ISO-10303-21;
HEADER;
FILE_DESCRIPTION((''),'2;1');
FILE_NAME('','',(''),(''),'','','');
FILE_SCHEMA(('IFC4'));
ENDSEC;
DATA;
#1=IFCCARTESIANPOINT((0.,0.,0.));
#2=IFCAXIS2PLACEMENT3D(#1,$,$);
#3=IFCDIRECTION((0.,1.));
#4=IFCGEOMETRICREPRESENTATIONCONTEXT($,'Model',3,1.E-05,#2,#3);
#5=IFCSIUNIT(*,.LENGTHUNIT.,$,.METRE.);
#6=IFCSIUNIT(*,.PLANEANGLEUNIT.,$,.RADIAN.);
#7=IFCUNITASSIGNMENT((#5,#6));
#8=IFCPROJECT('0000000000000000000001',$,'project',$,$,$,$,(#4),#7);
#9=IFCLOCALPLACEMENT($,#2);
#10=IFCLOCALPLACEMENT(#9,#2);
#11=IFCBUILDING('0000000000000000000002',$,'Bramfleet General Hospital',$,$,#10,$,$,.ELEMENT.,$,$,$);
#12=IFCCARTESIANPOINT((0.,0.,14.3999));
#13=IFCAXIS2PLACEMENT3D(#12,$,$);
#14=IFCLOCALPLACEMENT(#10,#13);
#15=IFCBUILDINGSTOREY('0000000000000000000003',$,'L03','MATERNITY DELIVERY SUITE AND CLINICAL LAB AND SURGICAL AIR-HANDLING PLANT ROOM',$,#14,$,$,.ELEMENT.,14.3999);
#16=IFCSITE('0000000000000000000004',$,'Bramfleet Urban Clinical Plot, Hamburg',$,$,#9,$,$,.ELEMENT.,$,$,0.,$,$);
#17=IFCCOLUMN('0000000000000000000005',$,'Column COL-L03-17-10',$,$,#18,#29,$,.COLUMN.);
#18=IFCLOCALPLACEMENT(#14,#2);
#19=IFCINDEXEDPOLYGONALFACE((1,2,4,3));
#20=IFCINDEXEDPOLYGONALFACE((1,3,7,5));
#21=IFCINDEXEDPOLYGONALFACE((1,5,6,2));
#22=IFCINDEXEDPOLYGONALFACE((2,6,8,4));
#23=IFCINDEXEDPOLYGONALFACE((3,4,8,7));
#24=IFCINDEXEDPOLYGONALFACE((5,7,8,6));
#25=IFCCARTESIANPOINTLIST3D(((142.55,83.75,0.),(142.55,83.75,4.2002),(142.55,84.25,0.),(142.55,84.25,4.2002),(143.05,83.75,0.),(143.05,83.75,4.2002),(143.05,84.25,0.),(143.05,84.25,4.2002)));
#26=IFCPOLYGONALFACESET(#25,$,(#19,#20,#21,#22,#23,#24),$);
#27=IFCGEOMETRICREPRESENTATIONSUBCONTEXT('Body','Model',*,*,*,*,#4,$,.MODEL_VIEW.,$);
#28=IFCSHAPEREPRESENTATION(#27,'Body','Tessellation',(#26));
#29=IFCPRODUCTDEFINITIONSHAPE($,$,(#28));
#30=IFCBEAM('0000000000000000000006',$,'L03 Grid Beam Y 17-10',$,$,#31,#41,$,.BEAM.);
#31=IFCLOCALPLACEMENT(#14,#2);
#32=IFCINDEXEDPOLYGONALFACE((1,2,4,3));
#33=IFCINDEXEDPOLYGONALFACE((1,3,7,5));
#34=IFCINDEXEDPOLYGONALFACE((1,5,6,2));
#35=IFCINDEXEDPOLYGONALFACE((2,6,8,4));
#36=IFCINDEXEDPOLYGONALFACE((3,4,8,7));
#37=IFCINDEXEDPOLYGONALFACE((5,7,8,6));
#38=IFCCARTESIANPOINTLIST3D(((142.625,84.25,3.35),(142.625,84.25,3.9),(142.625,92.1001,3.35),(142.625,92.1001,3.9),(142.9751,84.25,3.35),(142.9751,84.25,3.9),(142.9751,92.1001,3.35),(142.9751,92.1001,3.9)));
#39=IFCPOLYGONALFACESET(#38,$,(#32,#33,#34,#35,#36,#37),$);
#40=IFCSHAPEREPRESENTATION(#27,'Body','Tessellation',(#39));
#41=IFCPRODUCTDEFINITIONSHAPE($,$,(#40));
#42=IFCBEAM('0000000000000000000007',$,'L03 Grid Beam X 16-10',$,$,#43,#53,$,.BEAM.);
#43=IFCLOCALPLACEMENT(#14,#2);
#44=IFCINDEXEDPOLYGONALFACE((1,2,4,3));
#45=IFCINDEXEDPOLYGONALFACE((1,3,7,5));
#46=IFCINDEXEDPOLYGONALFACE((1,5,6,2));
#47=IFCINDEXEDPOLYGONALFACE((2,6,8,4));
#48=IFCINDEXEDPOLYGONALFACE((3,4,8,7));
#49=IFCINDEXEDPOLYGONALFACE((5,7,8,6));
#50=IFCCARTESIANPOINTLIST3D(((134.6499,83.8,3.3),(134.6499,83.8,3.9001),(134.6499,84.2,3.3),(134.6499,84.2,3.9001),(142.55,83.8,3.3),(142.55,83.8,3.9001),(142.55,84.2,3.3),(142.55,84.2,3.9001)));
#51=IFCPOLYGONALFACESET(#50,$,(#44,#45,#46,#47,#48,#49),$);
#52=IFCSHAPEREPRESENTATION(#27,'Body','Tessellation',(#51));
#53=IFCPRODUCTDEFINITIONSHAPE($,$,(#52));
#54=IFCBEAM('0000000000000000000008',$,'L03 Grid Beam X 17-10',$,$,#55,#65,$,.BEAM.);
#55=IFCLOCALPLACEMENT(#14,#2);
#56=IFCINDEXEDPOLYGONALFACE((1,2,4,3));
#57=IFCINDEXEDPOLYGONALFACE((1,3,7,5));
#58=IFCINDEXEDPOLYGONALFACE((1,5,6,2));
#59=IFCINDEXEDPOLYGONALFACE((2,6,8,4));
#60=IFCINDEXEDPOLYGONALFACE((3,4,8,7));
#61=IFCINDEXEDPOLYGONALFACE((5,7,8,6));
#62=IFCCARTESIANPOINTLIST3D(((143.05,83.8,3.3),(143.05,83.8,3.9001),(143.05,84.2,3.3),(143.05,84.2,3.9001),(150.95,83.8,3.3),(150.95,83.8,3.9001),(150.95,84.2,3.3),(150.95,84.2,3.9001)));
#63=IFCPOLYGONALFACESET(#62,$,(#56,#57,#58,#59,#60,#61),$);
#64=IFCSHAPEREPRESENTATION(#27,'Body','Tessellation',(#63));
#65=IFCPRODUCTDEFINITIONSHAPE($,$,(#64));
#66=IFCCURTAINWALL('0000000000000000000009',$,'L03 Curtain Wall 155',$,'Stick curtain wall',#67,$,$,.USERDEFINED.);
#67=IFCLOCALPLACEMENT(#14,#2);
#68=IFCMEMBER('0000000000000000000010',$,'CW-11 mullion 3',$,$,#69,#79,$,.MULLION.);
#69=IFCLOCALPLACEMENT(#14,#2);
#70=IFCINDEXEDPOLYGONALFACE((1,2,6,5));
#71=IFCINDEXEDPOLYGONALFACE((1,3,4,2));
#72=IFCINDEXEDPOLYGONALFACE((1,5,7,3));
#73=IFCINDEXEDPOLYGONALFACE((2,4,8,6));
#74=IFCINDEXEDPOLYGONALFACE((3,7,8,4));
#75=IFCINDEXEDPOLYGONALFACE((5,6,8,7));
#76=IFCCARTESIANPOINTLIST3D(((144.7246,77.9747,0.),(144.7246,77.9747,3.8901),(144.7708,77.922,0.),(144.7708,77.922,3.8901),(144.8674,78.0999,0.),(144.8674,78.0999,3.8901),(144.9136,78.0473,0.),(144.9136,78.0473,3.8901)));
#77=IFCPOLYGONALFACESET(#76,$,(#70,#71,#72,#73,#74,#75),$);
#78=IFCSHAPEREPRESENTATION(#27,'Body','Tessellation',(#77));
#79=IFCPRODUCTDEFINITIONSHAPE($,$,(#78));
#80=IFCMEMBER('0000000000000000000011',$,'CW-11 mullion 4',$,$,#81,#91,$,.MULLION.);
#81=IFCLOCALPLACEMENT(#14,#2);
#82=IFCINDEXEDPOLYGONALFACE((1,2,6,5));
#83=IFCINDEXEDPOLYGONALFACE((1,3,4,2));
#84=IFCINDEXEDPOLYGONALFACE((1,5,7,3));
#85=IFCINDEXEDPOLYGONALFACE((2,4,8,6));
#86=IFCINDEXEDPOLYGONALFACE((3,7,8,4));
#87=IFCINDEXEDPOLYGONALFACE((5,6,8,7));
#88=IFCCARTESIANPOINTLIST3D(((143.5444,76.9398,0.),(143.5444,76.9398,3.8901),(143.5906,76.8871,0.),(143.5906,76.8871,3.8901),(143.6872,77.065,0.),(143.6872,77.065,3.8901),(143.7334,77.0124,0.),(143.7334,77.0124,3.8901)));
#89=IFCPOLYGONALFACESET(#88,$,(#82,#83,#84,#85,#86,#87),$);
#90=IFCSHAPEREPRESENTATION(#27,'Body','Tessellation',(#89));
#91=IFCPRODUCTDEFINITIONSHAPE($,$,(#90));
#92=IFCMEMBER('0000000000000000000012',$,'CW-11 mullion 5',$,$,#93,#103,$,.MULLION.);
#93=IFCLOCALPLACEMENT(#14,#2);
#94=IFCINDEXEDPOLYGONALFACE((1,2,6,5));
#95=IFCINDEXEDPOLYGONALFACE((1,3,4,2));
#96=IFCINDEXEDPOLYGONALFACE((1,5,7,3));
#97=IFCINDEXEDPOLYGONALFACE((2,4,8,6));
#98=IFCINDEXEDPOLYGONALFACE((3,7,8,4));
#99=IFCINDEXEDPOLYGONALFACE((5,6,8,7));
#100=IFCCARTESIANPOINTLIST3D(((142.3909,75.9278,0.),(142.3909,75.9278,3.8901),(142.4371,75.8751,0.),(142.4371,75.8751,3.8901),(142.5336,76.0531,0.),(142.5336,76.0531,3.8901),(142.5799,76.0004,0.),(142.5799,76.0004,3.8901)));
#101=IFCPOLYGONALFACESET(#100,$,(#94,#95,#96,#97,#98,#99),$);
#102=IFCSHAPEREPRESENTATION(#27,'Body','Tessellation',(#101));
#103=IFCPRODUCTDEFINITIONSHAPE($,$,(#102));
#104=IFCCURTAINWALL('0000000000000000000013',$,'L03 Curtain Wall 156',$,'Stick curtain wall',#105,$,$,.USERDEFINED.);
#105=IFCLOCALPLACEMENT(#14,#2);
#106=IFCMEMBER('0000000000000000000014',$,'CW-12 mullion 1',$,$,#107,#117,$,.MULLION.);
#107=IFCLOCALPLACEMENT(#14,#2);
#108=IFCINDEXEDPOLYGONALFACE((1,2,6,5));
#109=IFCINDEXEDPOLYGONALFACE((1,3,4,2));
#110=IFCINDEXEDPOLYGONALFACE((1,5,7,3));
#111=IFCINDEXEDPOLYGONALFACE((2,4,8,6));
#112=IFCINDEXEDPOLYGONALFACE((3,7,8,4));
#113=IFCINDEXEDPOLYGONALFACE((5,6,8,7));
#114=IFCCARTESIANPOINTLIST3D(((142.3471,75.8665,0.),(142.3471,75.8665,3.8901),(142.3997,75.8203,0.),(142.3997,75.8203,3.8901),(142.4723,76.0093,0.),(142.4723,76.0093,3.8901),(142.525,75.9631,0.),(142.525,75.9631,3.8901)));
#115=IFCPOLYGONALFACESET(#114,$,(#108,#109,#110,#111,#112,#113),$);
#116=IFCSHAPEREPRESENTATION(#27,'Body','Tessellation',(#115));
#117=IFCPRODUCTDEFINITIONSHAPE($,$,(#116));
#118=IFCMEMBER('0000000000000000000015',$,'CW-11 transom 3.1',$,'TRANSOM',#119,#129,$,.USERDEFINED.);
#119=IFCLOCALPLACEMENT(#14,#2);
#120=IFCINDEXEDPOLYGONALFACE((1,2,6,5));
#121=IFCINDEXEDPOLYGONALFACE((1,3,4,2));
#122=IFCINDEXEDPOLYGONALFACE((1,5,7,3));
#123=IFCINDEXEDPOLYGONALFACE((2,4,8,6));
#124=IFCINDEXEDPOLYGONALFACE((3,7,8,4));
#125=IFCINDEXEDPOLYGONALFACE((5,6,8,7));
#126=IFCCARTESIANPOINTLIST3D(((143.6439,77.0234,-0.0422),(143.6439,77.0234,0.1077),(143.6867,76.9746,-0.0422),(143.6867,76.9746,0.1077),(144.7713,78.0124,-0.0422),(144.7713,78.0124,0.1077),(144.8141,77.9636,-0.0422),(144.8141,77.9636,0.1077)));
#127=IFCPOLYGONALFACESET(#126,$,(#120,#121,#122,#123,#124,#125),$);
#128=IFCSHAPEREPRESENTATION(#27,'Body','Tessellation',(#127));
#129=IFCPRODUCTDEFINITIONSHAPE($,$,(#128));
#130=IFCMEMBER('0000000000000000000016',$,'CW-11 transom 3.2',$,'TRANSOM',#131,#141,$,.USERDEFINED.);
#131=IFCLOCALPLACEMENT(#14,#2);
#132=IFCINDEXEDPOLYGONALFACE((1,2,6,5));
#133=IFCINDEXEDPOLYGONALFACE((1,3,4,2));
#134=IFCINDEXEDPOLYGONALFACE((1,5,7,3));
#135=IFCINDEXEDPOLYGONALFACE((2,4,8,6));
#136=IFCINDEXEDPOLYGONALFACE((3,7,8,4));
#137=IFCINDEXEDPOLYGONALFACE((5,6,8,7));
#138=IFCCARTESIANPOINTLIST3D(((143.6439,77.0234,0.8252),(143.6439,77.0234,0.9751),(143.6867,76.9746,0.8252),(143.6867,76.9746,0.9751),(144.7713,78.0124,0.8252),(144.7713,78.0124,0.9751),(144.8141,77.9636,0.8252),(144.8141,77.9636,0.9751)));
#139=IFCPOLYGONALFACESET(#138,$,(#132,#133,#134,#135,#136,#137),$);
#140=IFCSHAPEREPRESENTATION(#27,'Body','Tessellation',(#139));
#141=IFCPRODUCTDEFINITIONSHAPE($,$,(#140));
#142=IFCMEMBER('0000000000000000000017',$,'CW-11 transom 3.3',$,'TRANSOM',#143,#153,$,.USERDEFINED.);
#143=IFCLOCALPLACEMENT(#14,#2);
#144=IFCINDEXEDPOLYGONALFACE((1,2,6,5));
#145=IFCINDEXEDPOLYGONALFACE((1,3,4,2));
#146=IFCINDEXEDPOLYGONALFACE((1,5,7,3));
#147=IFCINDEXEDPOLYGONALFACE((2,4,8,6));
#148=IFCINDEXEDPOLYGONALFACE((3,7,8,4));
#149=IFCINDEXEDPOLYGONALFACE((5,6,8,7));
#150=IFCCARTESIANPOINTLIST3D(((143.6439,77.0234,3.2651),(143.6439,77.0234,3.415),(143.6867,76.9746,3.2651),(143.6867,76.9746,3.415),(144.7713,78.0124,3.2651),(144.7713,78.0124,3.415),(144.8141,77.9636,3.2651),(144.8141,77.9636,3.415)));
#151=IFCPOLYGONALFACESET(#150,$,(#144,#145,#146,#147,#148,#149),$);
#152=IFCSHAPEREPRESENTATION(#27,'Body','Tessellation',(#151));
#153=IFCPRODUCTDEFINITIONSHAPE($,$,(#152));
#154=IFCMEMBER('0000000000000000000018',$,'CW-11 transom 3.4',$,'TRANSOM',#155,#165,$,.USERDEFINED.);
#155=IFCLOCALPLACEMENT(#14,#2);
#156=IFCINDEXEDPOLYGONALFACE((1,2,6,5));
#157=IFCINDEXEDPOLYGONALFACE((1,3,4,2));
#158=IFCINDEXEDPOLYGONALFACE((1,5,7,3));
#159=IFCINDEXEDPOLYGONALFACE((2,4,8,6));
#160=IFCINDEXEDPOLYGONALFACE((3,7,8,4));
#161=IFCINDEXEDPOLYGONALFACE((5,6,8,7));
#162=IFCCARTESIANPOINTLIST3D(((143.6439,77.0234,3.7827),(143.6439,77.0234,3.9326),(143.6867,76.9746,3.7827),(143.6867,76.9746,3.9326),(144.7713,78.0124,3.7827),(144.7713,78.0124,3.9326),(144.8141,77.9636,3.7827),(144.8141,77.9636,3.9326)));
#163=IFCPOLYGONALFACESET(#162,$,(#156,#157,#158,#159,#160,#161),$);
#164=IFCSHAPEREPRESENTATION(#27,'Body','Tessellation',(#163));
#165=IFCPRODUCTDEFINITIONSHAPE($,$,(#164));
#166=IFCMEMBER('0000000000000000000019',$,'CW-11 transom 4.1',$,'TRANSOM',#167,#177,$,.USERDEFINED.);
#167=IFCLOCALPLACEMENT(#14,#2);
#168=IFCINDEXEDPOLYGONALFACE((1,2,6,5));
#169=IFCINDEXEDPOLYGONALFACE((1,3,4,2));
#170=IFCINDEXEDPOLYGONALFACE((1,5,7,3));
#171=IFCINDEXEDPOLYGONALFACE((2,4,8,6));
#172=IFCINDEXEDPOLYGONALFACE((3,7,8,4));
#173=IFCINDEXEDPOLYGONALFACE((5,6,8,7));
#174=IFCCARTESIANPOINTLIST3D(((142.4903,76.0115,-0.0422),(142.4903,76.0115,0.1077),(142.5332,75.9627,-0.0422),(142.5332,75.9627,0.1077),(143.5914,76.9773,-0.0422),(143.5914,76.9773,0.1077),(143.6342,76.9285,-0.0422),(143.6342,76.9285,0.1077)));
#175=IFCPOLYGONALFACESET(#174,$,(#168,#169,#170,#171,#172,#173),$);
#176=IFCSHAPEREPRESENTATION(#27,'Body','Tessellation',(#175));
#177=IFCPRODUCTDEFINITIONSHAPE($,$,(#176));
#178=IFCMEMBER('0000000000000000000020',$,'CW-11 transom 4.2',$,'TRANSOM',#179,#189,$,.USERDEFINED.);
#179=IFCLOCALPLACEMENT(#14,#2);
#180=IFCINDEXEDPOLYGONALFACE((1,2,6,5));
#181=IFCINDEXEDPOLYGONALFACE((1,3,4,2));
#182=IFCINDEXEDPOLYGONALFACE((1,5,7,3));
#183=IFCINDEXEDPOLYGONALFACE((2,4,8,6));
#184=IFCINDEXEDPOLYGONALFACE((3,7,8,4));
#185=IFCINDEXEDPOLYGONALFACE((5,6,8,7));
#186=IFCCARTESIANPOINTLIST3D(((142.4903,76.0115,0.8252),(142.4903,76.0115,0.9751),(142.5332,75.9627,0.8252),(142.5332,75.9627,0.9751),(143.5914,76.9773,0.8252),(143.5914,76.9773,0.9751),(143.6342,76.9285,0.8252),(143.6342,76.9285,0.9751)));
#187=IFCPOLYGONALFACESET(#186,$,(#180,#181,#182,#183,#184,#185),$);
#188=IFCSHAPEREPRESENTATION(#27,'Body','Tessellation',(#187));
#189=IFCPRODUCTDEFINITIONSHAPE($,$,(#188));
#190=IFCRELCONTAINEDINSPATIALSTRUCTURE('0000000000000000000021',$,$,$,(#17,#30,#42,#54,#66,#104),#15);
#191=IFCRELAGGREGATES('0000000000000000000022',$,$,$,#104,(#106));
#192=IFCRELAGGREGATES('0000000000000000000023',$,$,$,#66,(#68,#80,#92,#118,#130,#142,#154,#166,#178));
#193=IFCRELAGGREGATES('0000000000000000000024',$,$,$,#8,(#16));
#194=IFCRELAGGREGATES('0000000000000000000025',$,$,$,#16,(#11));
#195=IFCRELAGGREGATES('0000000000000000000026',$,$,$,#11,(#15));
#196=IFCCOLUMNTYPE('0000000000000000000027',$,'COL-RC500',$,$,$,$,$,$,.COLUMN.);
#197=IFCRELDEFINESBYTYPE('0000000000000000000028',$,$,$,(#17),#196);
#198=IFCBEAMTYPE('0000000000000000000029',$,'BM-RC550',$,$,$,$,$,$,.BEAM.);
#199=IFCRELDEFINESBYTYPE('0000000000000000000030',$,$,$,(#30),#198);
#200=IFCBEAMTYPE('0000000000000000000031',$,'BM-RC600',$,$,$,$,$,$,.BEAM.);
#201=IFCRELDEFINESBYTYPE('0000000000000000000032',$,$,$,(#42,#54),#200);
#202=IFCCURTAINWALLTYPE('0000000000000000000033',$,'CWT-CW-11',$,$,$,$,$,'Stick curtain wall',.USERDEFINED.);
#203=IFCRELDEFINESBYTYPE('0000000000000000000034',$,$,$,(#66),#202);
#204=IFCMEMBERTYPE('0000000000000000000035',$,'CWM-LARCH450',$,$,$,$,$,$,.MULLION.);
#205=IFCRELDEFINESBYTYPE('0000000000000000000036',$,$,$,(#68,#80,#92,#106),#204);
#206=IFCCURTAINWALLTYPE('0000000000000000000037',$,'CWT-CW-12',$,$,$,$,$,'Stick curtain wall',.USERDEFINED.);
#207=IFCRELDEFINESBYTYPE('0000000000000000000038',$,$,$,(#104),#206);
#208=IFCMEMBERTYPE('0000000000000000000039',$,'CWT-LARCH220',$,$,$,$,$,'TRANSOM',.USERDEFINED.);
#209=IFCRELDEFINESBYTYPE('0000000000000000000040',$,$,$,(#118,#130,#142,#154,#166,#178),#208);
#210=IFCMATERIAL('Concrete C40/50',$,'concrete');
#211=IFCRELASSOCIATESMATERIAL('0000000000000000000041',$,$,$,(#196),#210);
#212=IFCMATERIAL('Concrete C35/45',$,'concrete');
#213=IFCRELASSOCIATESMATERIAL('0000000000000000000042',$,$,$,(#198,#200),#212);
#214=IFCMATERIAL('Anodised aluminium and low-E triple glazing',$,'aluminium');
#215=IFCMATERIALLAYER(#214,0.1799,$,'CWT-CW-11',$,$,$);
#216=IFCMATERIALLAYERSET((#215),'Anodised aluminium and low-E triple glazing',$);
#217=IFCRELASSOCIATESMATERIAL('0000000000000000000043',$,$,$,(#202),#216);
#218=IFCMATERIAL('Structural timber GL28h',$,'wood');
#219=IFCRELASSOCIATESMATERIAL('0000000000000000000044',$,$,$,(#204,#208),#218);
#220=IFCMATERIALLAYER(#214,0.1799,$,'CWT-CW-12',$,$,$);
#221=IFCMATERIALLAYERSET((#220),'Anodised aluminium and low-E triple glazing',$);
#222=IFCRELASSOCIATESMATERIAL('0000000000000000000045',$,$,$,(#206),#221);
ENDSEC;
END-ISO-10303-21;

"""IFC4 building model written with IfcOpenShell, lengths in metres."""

from ifc_helpers import new_model, si_unit, direction, frame, origin, origin_2d, place, context, subcontext, project, spatial, rectangle, extrude, material, layer, layer_set, material_profile, profile_set, type_object, element, aggregate, save


model = new_model("IFC4")

# Units and contexts
model_context = context("Model", 3, precision=1e-05, world=origin(), true_north=direction((0.0, 1.0)))
body_context = subcontext(model_context, "Body", "Model", "MODEL_VIEW")
ifc_project = project(units=[si_unit("LENGTHUNIT", "METRE"), si_unit("PLANEANGLEUNIT", "RADIAN")], contexts=[model_context])

# Site, building, storey
site_placement = place(None, origin())
site = spatial("IfcSite", under=ifc_project, at=site_placement, Name="Bramfleet Urban Clinical Plot, Hamburg", CompositionType="ELEMENT", RefElevation=0.0)
building_placement = place(site_placement, origin())
building = spatial("IfcBuilding", under=site, at=building_placement, Name="Bramfleet General Hospital", CompositionType="ELEMENT")
storey_placement = place(building_placement, frame((0.0, 0.0, 14.3999)))
storey = spatial("IfcBuildingStorey", under=building, at=storey_placement, Name="L03", Description="MATERNITY DELIVERY SUITE AND CLINICAL LAB AND SURGICAL AIR-HANDLING PLANT ROOM", CompositionType="ELEMENT", Elevation=14.3999)

# Column
ifc_material_1 = material(Name="Concrete C40/50", Category="concrete")
ifc_material_profile_1 = material_profile(ifc_material_1, rectangle(XDim=0.5, YDim=0.5, at=origin_2d()), Name="RC COL 500x500")
ifc_profile_set_1 = profile_set([ifc_material_profile_1], Name="Concrete C40/50")
column_type = type_object("IfcColumnType", Name="COL-RC500", PredefinedType="COLUMN", material=ifc_profile_set_1)
column_placement = place(storey_placement, frame((142.8, 84.0, 0.0), z_axis=(0.0, 0.0, 1.0), x_axis=(1.0, 0.0, 0.0)))
element("IfcColumn", 1, at=column_placement, inside=storey, type_object=column_type, Name="Column COL-L03-17-10", PredefinedType="COLUMN", context=body_context, shape_type="SweptSolid", body=[
    extrude(rectangle(XDim=0.5, YDim=0.5, at=origin_2d()), origin(), (0.0, 0.0, 1.0), 4.2002),
])

# Beams
ifc_material_2 = material(Name="Concrete C35/45", Category="concrete")
ifc_material_profile_2 = material_profile(ifc_material_2, rectangle(XDim=0.3501, YDim=0.55, at=origin_2d()), Name="RC BM 550x350")
ifc_profile_set_2 = profile_set([ifc_material_profile_2], Name="Concrete C35/45")
beam_type_1 = type_object("IfcBeamType", Name="BM-RC550", PredefinedType="BEAM", material=ifc_profile_set_2)
beam_1_placement = place(storey_placement, frame((142.8, 84.25, 3.625), z_axis=(0.0, 1.0, 0.0), x_axis=(-1.0, 0.0, 0.0)))
element("IfcBeam", 2, at=beam_1_placement, inside=storey, type_object=beam_type_1, Name="L03 Grid Beam Y 17-10", PredefinedType="BEAM", context=body_context, shape_type="SweptSolid", body=[
    extrude(rectangle(XDim=0.3501, YDim=0.55, at=origin_2d()), origin(), (0.0, 0.0, 1.0), 7.8501),
])
ifc_material_profile_3 = material_profile(ifc_material_2, rectangle(XDim=0.3999, YDim=0.6001, at=origin_2d()), Name="RC BM 600x400")
ifc_profile_set_3 = profile_set([ifc_material_profile_3], Name="Concrete C35/45")
beam_type_2 = type_object("IfcBeamType", Name="BM-RC600", PredefinedType="BEAM", material=ifc_profile_set_3)
beam_2_placement = place(storey_placement, frame((134.6499, 84.0, 3.6001), z_axis=(1.0, 0.0, 0.0), x_axis=(0.0, 1.0, 0.0)))
element("IfcBeam", 3, at=beam_2_placement, inside=storey, type_object=beam_type_2, Name="L03 Grid Beam X 16-10", PredefinedType="BEAM", context=body_context, shape_type="SweptSolid", body=[
    extrude(rectangle(XDim=0.3999, YDim=0.6001, at=origin_2d()), origin(), (0.0, 0.0, 1.0), 7.9001),
])
beam_3_placement = place(storey_placement, frame((143.05, 84.0, 3.6001), z_axis=(1.0, 0.0, 0.0), x_axis=(0.0, 1.0, 0.0)))
element("IfcBeam", 4, at=beam_3_placement, inside=storey, type_object=beam_type_2, Name="L03 Grid Beam X 17-10", PredefinedType="BEAM", context=body_context, shape_type="SweptSolid", body=[
    extrude(rectangle(XDim=0.3999, YDim=0.6001, at=origin_2d()), origin(), (0.0, 0.0, 1.0), 7.8999),
])

# Curtain wall, members
ifc_material_3 = material(Name="Anodised aluminium and low-E triple glazing", Category="aluminium")
ifc_layer_1 = layer(ifc_material_3, 0.1799, Name="CWT-CW-11")
ifc_layer_set_1 = layer_set([ifc_layer_1], Name="Anodised aluminium and low-E triple glazing")
curtain_wall_type_1 = type_object("IfcCurtainWallType", Name="CWT-CW-11", ElementType="Stick curtain wall", PredefinedType="USERDEFINED", material=ifc_layer_set_1)
curtain_wall_1_placement = place(storey_placement, origin())
curtain_wall_1 = element("IfcCurtainWall", 5, at=curtain_wall_1_placement, inside=storey, type_object=curtain_wall_type_1, Name="L03 Curtain Wall 155", ObjectType="Stick curtain wall", PredefinedType="USERDEFINED")
ifc_material_4 = material(Name="Structural timber GL28h", Category="wood")
ifc_material_profile_4 = material_profile(ifc_material_4, rectangle(XDim=0.0701, YDim=0.1899, at=origin_2d()), Name="LARCH 190x70")
ifc_profile_set_4 = profile_set([ifc_material_profile_4], Name="Structural timber GL28h")
member_type_1 = type_object("IfcMemberType", Name="CWM-LARCH450", PredefinedType="MULLION", material=ifc_profile_set_4)
member_1_placement = place(storey_placement, frame((144.8191, 78.011, 0.0), z_axis=(0.0, 0.0, 1.0), x_axis=(0.659406, -0.751787, 0.0)))
member_1 = element("IfcMember", 6, at=member_1_placement, type_object=member_type_1, Name="CW-11 mullion 3", PredefinedType="MULLION", context=body_context, shape_type="SweptSolid", body=[
    extrude(rectangle(XDim=0.0701, YDim=0.1899, at=origin_2d()), origin(), (0.0, 0.0, 1.0), 3.8901),
])
member_2_placement = place(storey_placement, frame((143.6389, 76.9761, 0.0), z_axis=(0.0, 0.0, 1.0), x_axis=(0.659406, -0.751787, 0.0)))
member_2 = element("IfcMember", 7, at=member_2_placement, type_object=member_type_1, Name="CW-11 mullion 4", PredefinedType="MULLION", context=body_context, shape_type="SweptSolid", body=[
    extrude(rectangle(XDim=0.0701, YDim=0.1899, at=origin_2d()), origin(), (0.0, 0.0, 1.0), 3.8901),
])
member_3_placement = place(storey_placement, frame((142.4854, 75.9641, 0.0), z_axis=(0.0, 0.0, 1.0), x_axis=(0.659406, -0.751787, 0.0)))
member_3 = element("IfcMember", 8, at=member_3_placement, type_object=member_type_1, Name="CW-11 mullion 5", PredefinedType="MULLION", context=body_context, shape_type="SweptSolid", body=[
    extrude(rectangle(XDim=0.0701, YDim=0.1899, at=origin_2d()), origin(), (0.0, 0.0, 1.0), 3.8901),
])

# Curtain wall, member
ifc_layer_2 = layer(ifc_material_3, 0.1799, Name="CWT-CW-12")
ifc_layer_set_2 = layer_set([ifc_layer_2], Name="Anodised aluminium and low-E triple glazing")
curtain_wall_type_2 = type_object("IfcCurtainWallType", Name="CWT-CW-12", ElementType="Stick curtain wall", PredefinedType="USERDEFINED", material=ifc_layer_set_2)
curtain_wall_2_placement = place(storey_placement, origin())
curtain_wall_2 = element("IfcCurtainWall", 9, at=curtain_wall_2_placement, inside=storey, type_object=curtain_wall_type_2, Name="L03 Curtain Wall 156", ObjectType="Stick curtain wall", PredefinedType="USERDEFINED")
member_4_placement = place(storey_placement, frame((142.436, 75.9148, 0.0), z_axis=(0.0, 0.0, 1.0), x_axis=(0.751787, -0.659406, 0.0)))
member_4 = element("IfcMember", 10, at=member_4_placement, type_object=member_type_1, Name="CW-12 mullion 1", PredefinedType="MULLION", context=body_context, shape_type="SweptSolid", body=[
    extrude(rectangle(XDim=0.0701, YDim=0.1899, at=origin_2d()), origin(), (0.0, 0.0, 1.0), 3.8901),
])
aggregate(curtain_wall_2, [member_4])

# Members
ifc_material_profile_5 = material_profile(ifc_material_4, rectangle(XDim=0.0649, YDim=0.1499, at=origin_2d()), Name="LARCH 150x65")
ifc_profile_set_5 = profile_set([ifc_material_profile_5], Name="Structural timber GL28h")
member_type_2 = type_object("IfcMemberType", Name="CWT-LARCH220", ElementType="TRANSOM", PredefinedType="USERDEFINED", material=ifc_profile_set_5)
member_5_placement = place(storey_placement, frame((144.7927, 77.988, 0.0327), z_axis=(-0.751749, -0.659449, 0.0), x_axis=(0.659449, -0.751749, 0.0)))
member_5 = element("IfcMember", 11, at=member_5_placement, type_object=member_type_2, Name="CW-11 transom 3.1", ObjectType="TRANSOM", PredefinedType="USERDEFINED", context=body_context, shape_type="SweptSolid", body=[
    extrude(rectangle(XDim=0.0649, YDim=0.1499, at=origin_2d()), origin(), (0.0, 0.0, 1.0), 1.4998),
])
member_6_placement = place(storey_placement, frame((144.7927, 77.988, 0.9001), z_axis=(-0.751749, -0.659449, 0.0), x_axis=(0.659449, -0.751749, 0.0)))
member_6 = element("IfcMember", 12, at=member_6_placement, type_object=member_type_2, Name="CW-11 transom 3.2", ObjectType="TRANSOM", PredefinedType="USERDEFINED", context=body_context, shape_type="SweptSolid", body=[
    extrude(rectangle(XDim=0.0649, YDim=0.1499, at=origin_2d()), origin(), (0.0, 0.0, 1.0), 1.4998),
])
member_7_placement = place(storey_placement, frame((144.7927, 77.988, 3.3401), z_axis=(-0.751749, -0.659449, 0.0), x_axis=(0.659449, -0.751749, 0.0)))
member_7 = element("IfcMember", 13, at=member_7_placement, type_object=member_type_2, Name="CW-11 transom 3.3", ObjectType="TRANSOM", PredefinedType="USERDEFINED", context=body_context, shape_type="SweptSolid", body=[
    extrude(rectangle(XDim=0.0649, YDim=0.1499, at=origin_2d()), origin(), (0.0, 0.0, 1.0), 1.4998),
])
member_8_placement = place(storey_placement, frame((144.7927, 77.988, 3.8577), z_axis=(-0.751749, -0.659449, 0.0), x_axis=(0.659449, -0.751749, 0.0)))
member_8 = element("IfcMember", 14, at=member_8_placement, type_object=member_type_2, Name="CW-11 transom 3.4", ObjectType="TRANSOM", PredefinedType="USERDEFINED", context=body_context, shape_type="SweptSolid", body=[
    extrude(rectangle(XDim=0.0649, YDim=0.1499, at=origin_2d()), origin(), (0.0, 0.0, 1.0), 1.4998),
])
member_9_placement = place(storey_placement, frame((143.6128, 76.9529, 0.0327), z_axis=(-0.751771, -0.659425, 0.0), x_axis=(0.659425, -0.751771, 0.0)))
member_9 = element("IfcMember", 15, at=member_9_placement, type_object=member_type_2, Name="CW-11 transom 4.1", ObjectType="TRANSOM", PredefinedType="USERDEFINED", context=body_context, shape_type="SweptSolid", body=[
    extrude(rectangle(XDim=0.0649, YDim=0.1499, at=origin_2d()), origin(), (0.0, 0.0, 1.0), 1.4646),
])
member_10_placement = place(storey_placement, frame((143.6128, 76.9529, 0.9001), z_axis=(-0.751771, -0.659425, 0.0), x_axis=(0.659425, -0.751771, 0.0)))
member_10 = element("IfcMember", 16, at=member_10_placement, type_object=member_type_2, Name="CW-11 transom 4.2", ObjectType="TRANSOM", PredefinedType="USERDEFINED", context=body_context, shape_type="SweptSolid", body=[
    extrude(rectangle(XDim=0.0649, YDim=0.1499, at=origin_2d()), origin(), (0.0, 0.0, 1.0), 1.4646),
])

aggregate(curtain_wall_1, [member_1, member_2, member_3, member_5, member_6, member_7, member_8, member_9, member_10])

save(model, "model.ifc")
